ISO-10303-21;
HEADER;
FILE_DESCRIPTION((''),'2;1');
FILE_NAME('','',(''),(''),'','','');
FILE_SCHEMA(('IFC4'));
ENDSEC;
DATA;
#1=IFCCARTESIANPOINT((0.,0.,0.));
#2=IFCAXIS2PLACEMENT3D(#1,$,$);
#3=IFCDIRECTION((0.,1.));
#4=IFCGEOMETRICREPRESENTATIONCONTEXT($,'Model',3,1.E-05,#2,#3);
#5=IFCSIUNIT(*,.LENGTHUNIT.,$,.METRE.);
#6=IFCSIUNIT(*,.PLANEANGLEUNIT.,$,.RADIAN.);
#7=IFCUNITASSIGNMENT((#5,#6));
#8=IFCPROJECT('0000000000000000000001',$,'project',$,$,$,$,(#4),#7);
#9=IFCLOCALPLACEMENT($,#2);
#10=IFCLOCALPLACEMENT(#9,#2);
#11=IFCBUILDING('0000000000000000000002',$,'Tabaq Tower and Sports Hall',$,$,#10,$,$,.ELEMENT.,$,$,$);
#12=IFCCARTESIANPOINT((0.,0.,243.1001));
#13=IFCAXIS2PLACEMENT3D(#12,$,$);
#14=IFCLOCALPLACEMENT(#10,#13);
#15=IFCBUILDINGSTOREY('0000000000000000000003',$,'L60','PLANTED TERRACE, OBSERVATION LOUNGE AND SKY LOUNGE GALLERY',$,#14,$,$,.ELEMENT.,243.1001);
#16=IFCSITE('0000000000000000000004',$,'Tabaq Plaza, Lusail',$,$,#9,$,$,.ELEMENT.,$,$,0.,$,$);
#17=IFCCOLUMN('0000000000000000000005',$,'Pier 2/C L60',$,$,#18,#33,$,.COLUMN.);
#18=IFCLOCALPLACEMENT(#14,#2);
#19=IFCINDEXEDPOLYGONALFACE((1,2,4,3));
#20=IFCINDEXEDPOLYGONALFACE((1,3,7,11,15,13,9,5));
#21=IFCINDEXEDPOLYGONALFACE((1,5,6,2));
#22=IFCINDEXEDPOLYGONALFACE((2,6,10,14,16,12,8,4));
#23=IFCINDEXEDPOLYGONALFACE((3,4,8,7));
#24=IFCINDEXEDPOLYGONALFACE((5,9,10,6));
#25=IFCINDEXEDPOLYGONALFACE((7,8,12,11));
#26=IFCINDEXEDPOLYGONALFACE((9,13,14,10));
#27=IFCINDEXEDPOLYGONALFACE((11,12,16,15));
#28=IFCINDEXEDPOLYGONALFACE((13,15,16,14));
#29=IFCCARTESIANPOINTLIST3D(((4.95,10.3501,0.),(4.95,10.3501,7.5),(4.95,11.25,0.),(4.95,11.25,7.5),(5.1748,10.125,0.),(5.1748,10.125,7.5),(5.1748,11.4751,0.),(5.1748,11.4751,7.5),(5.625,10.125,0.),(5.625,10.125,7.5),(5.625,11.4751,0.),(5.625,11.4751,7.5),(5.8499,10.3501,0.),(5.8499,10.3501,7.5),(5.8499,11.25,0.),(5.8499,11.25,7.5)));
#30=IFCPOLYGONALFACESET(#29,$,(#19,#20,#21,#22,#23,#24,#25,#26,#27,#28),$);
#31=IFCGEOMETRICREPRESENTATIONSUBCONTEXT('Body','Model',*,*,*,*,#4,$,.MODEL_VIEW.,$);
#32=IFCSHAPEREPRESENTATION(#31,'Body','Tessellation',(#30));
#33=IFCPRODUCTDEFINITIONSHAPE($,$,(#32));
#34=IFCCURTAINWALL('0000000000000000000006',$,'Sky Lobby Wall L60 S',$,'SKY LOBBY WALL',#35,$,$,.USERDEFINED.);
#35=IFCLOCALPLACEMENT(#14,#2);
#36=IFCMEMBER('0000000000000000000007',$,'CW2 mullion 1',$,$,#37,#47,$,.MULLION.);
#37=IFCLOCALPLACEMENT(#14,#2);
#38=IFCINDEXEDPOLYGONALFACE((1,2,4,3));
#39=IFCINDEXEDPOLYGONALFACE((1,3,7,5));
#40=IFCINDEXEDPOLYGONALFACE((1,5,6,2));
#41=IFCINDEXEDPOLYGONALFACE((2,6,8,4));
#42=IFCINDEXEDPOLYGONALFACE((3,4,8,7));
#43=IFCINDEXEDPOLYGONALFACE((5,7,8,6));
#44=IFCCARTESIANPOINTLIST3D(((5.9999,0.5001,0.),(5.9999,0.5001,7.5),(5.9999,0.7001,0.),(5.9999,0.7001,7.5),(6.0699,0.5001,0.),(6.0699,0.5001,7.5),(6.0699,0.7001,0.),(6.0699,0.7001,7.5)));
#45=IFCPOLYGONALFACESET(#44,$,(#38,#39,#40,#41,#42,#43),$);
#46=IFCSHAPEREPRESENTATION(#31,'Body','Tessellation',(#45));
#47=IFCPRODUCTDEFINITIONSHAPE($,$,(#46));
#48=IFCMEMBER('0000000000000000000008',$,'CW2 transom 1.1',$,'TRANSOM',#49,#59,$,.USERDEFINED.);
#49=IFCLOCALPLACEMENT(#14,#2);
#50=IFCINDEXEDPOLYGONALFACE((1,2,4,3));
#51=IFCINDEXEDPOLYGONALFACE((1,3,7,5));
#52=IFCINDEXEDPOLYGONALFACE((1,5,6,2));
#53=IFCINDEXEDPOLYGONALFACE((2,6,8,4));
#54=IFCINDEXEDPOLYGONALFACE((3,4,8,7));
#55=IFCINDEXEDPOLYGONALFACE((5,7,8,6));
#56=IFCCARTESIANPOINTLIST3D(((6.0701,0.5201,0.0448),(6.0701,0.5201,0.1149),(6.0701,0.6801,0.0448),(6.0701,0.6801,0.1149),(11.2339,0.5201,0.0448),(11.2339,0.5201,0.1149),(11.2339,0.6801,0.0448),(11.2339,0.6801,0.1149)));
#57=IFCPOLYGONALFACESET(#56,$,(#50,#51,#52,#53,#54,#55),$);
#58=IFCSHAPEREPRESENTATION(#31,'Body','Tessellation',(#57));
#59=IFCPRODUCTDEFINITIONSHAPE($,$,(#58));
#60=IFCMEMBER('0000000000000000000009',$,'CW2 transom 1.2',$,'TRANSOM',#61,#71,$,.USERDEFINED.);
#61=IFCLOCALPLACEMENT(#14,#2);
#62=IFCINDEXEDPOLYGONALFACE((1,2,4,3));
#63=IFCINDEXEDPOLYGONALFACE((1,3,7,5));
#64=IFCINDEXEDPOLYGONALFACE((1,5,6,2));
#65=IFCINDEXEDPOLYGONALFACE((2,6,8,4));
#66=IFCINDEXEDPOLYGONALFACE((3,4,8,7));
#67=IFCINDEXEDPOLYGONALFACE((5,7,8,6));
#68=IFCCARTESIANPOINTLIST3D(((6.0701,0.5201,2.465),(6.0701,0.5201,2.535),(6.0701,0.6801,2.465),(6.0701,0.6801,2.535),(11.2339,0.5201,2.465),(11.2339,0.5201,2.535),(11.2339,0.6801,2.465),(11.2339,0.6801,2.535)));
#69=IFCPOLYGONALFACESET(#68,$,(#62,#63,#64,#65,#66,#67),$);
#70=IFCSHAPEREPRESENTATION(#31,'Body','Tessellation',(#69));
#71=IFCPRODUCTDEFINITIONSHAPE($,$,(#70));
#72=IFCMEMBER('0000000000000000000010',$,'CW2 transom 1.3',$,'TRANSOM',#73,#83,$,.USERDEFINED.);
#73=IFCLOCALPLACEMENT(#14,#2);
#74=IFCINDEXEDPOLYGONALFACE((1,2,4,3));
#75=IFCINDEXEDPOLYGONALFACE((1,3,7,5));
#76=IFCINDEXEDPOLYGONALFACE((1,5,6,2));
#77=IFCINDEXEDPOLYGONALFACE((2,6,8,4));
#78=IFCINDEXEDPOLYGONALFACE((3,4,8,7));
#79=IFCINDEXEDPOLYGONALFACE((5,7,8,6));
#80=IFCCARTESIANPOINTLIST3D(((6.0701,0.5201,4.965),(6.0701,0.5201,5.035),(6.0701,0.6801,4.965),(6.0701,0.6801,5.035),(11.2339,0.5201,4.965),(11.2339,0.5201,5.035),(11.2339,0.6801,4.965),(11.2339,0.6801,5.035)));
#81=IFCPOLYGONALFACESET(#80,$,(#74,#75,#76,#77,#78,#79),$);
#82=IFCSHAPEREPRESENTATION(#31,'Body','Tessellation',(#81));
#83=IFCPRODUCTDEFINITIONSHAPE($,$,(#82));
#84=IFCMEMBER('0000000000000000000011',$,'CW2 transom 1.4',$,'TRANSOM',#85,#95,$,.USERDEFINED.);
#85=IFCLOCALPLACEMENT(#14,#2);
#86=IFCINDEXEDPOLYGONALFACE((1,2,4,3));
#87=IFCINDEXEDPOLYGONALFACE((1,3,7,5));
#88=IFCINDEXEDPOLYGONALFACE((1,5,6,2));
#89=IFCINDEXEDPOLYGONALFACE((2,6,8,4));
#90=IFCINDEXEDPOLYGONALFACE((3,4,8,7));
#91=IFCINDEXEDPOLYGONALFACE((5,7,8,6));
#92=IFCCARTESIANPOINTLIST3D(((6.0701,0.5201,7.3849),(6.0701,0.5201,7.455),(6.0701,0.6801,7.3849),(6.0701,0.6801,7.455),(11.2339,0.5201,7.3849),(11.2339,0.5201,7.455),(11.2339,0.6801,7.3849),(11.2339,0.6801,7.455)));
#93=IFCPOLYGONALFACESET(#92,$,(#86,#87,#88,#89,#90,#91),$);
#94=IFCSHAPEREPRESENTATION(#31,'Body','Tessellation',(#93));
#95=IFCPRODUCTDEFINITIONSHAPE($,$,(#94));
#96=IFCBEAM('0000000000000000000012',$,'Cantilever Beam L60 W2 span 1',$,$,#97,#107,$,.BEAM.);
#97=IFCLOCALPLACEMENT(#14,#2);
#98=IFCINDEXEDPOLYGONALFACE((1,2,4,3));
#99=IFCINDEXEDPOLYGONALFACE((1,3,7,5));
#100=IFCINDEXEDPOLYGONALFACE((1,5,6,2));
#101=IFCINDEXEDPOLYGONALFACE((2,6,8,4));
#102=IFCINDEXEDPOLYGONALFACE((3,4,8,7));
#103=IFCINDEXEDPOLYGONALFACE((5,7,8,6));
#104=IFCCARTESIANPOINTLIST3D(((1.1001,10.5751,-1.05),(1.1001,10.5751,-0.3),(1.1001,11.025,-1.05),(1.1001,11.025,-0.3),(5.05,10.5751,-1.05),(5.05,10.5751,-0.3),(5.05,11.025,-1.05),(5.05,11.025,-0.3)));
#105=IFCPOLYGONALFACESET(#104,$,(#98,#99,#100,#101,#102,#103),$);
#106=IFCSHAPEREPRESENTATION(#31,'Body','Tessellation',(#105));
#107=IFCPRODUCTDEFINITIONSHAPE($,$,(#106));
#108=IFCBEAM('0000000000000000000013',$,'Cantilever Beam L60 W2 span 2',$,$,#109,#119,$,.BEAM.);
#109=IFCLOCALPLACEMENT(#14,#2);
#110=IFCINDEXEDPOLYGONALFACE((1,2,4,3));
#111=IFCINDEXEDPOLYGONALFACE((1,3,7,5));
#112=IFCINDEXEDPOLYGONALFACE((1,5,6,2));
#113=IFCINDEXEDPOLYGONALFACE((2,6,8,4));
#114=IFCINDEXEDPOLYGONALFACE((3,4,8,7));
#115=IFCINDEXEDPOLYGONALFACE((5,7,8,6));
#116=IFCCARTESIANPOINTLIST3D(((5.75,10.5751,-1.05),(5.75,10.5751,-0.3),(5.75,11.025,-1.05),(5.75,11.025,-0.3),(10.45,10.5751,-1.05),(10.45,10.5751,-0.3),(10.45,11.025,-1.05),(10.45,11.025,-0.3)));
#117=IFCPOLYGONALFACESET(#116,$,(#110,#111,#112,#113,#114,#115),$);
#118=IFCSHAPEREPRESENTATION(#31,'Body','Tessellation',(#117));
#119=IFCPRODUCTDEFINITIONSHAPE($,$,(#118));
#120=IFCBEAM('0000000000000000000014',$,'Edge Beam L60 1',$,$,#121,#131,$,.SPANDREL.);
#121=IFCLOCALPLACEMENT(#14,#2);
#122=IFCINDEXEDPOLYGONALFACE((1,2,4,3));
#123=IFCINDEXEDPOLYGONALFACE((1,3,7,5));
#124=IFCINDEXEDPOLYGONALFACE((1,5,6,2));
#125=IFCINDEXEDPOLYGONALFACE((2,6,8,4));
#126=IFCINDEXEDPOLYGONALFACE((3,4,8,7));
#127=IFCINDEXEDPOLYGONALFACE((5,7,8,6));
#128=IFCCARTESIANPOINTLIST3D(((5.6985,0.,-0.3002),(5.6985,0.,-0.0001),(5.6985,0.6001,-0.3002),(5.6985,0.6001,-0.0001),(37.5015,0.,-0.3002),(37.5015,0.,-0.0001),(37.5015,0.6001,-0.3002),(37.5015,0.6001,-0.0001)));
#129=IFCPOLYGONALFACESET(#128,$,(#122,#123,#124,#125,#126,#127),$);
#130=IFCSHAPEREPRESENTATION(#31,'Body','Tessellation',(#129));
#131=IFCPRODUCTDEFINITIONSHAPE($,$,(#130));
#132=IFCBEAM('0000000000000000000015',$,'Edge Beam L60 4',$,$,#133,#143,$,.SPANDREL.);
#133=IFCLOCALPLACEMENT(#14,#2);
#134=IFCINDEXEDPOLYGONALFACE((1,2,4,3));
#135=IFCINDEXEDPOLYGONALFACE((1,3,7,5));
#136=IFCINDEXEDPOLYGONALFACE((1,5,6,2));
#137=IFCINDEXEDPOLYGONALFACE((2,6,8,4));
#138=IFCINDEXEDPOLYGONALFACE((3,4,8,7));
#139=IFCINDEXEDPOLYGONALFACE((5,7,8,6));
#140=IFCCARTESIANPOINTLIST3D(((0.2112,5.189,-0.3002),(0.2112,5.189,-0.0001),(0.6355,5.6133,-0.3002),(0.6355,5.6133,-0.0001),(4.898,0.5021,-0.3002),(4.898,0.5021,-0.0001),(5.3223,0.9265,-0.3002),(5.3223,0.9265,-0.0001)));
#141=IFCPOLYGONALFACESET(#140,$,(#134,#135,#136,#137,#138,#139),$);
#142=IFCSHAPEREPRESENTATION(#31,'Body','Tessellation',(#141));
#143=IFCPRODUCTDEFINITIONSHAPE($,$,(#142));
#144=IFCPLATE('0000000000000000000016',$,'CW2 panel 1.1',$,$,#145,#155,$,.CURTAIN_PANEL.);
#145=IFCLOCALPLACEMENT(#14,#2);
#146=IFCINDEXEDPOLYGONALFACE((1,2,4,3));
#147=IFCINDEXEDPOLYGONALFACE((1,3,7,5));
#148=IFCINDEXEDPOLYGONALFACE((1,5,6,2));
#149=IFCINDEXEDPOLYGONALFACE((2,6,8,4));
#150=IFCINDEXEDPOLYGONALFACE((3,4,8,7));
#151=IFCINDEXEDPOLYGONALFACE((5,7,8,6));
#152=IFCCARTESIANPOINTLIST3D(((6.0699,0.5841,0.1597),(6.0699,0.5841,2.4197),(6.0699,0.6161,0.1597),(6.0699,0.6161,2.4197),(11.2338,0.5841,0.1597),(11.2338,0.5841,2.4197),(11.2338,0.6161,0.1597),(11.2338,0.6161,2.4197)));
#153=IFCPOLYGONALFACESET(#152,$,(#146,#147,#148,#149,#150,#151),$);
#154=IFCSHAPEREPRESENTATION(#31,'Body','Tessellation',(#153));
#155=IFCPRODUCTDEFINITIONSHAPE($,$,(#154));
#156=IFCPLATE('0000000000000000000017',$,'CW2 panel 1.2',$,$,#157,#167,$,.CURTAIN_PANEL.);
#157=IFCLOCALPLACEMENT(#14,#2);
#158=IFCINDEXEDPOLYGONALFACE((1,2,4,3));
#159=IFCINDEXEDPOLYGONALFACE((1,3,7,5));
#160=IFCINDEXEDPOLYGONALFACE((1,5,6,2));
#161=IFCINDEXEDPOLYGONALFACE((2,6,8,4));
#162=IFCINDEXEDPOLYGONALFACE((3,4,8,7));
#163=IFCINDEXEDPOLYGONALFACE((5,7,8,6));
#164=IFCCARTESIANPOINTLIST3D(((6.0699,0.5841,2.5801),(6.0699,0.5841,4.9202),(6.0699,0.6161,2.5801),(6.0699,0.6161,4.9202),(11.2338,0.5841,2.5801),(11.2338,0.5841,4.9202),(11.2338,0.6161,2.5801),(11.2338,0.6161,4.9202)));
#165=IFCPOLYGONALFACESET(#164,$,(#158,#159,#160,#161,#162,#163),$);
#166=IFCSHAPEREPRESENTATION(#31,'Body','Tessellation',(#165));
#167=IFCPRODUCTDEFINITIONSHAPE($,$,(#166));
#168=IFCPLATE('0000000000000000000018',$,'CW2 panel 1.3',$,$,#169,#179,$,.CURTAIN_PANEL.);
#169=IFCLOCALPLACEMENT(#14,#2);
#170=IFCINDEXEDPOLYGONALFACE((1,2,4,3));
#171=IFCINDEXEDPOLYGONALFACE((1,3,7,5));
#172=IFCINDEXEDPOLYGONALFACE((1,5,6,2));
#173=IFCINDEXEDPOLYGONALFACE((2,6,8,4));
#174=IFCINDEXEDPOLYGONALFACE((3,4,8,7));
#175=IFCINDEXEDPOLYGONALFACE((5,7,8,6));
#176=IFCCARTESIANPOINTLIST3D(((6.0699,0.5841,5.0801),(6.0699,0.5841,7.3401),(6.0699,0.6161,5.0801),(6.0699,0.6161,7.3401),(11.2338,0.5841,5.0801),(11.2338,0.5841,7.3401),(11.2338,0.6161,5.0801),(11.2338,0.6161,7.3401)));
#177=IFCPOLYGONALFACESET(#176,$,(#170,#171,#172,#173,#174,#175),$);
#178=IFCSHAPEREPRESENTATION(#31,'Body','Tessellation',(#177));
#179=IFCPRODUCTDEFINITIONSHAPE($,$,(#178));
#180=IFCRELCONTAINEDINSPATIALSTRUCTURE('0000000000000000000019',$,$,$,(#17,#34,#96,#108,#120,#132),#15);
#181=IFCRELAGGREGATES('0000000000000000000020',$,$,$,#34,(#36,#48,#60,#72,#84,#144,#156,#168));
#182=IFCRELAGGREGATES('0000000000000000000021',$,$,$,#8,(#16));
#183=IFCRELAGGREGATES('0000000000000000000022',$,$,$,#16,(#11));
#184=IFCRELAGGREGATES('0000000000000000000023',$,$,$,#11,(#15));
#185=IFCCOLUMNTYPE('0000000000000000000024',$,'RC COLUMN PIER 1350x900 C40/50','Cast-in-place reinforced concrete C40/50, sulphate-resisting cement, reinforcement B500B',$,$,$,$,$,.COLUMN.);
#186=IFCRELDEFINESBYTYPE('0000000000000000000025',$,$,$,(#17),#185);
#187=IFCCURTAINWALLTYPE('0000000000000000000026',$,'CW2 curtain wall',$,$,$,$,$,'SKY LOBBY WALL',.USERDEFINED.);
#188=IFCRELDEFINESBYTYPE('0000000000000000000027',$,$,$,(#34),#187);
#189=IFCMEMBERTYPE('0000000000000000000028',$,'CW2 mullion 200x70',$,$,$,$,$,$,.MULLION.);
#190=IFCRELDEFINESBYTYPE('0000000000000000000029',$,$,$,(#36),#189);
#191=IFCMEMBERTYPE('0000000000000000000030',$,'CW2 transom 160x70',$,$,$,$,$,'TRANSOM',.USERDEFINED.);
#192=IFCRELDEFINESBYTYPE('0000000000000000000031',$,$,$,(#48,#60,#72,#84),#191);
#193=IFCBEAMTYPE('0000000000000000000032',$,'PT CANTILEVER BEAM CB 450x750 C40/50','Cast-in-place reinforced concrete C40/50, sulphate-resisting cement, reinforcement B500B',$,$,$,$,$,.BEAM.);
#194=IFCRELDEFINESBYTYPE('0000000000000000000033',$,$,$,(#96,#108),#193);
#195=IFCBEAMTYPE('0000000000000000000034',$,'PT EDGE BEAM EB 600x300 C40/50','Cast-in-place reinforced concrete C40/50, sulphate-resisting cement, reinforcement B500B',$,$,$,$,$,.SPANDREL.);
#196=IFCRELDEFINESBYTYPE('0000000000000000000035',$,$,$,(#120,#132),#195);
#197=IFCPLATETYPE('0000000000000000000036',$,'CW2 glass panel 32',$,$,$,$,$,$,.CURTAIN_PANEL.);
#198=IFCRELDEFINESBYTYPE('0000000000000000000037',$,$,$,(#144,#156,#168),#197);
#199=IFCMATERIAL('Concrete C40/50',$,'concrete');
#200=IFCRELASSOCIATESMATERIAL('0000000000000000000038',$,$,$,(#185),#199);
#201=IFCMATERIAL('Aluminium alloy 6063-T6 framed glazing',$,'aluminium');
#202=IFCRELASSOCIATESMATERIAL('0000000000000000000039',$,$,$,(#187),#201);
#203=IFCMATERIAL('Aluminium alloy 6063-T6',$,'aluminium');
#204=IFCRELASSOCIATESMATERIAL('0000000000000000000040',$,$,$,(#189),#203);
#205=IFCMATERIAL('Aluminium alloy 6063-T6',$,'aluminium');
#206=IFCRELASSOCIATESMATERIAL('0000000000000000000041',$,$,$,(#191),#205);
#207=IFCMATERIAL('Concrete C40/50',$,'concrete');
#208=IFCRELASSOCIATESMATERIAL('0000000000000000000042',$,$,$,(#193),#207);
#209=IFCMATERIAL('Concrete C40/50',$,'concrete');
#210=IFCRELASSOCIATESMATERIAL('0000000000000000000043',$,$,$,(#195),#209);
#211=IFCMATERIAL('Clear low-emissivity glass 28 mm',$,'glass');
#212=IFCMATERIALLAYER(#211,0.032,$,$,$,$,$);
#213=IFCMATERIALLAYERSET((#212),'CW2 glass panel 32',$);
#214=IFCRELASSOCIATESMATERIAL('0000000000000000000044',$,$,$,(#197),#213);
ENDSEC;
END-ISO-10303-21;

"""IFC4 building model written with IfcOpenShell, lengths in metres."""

from ifc_helpers import new_model, si_unit, direction, frame, origin, origin_2d, place, context, subcontext, project, spatial, polyline, rectangle, outline, extrude, material, layer, layer_set, material_profile, profile_set, type_object, element, aggregate, save


model = new_model("IFC4")

# Units and contexts
model_context = context("Model", 3, precision=1e-05, world=origin(), true_north=direction((0.0, 1.0)))
body_context = subcontext(model_context, "Body", "Model", "MODEL_VIEW")
ifc_project = project(units=[si_unit("LENGTHUNIT", "METRE"), si_unit("PLANEANGLEUNIT", "RADIAN")], contexts=[model_context])

# Site, building, storey
site_placement = place(None, origin())
site = spatial("IfcSite", under=ifc_project, at=site_placement, Name="Tabaq Plaza, Lusail", CompositionType="ELEMENT", RefElevation=0.0)
building_placement = place(site_placement, origin())
building = spatial("IfcBuilding", under=site, at=building_placement, Name="Tabaq Tower and Sports Hall", CompositionType="ELEMENT")
storey_placement = place(building_placement, frame((0.0, 0.0, 243.1001)))
storey = spatial("IfcBuildingStorey", under=building, at=storey_placement, Name="L60", Description="PLANTED TERRACE, OBSERVATION LOUNGE AND SKY LOUNGE GALLERY", CompositionType="ELEMENT", Elevation=243.1001)

# Column
ifc_material_1 = material(Name="Concrete C40/50", Category="concrete")
ifc_material_profile_1 = material_profile(ifc_material_1, outline(polyline([(-0.45, -0.45), (0.45, -0.45), (0.675, -0.2251), (0.675, 0.2251), (0.45, 0.45), (-0.45, 0.45), (-0.675, 0.2251), (-0.675, -0.2251), (-0.45, -0.45)])), Name="PIER 1350x900")
ifc_profile_set_1 = profile_set([ifc_material_profile_1], Name="Concrete C40/50")
column_type = type_object("IfcColumnType", Name="RC COLUMN PIER 1350x900 C40/50", Description="Cast-in-place reinforced concrete C40/50, sulphate-resisting cement, reinforcement B500B", PredefinedType="COLUMN", material=ifc_profile_set_1)
column_placement = place(storey_placement, frame((5.3999, 10.8, 0.0), z_axis=(0.0, 0.0, 1.0), x_axis=(0.0, 1.0, 0.0)))
element("IfcColumn", 1, at=column_placement, inside=storey, type_object=column_type, Name="Pier 2/C L60", PredefinedType="COLUMN", context=body_context, shape_type="SweptSolid", body=[
    extrude(outline(polyline([(-0.45, -0.45), (0.45, -0.45), (0.675, -0.2251), (0.675, 0.2251), (0.45, 0.45), (-0.45, 0.45), (-0.675, 0.2251), (-0.675, -0.2251), (-0.45, -0.45)])), origin(), (0.0, 0.0, 1.0), 7.5),
])

# Curtain wall, members
ifc_material_2 = material(Name="Aluminium alloy 6063-T6 framed glazing", Category="aluminium")
curtain_wall_type = type_object("IfcCurtainWallType", Name="CW2 curtain wall", ElementType="SKY LOBBY WALL", PredefinedType="USERDEFINED", material=ifc_material_2)
curtain_wall_placement = place(storey_placement, origin())
curtain_wall = element("IfcCurtainWall", 2, at=curtain_wall_placement, inside=storey, type_object=curtain_wall_type, Name="Sky Lobby Wall L60 S", ObjectType="SKY LOBBY WALL", PredefinedType="USERDEFINED")
ifc_material_3 = material(Name="Aluminium alloy 6063-T6", Category="aluminium")
ifc_material_profile_2 = material_profile(ifc_material_3, rectangle(XDim=0.2, YDim=0.0701, at=origin_2d()), Name="MULLION 200x70")
ifc_profile_set_2 = profile_set([ifc_material_profile_2], Name="Aluminium alloy 6063-T6")
member_type_1 = type_object("IfcMemberType", Name="CW2 mullion 200x70", PredefinedType="MULLION", material=ifc_profile_set_2)
member_1_placement = place(storey_placement, frame((6.0349, 0.6001, 0.0), z_axis=(0.0, 0.0, 1.0), x_axis=(0.0, 1.0, 0.0)))
member_1 = element("IfcMember", 3, at=member_1_placement, type_object=member_type_1, Name="CW2 mullion 1", PredefinedType="MULLION", context=body_context, shape_type="SweptSolid", body=[
    extrude(rectangle(XDim=0.2, YDim=0.0701, at=origin_2d()), origin(), (0.0, 0.0, 1.0), 7.5),
])
ifc_material_4 = material(Name="Aluminium alloy 6063-T6", Category="aluminium")
ifc_material_profile_3 = material_profile(ifc_material_4, rectangle(XDim=0.1599, YDim=0.0701, at=origin_2d()), Name="TRANSOM 160x70")
ifc_profile_set_3 = profile_set([ifc_material_profile_3], Name="Aluminium alloy 6063-T6")
member_type_2 = type_object("IfcMemberType", Name="CW2 transom 160x70", ElementType="TRANSOM", PredefinedType="USERDEFINED", material=ifc_profile_set_3)
member_2_placement = place(storey_placement, frame((6.0701, 0.6001, 0.0798), z_axis=(1.0, 0.0, 0.0), x_axis=(0.0, 1.0, 0.0)))
member_2 = element("IfcMember", 4, at=member_2_placement, type_object=member_type_2, Name="CW2 transom 1.1", ObjectType="TRANSOM", PredefinedType="USERDEFINED", context=body_context, shape_type="SweptSolid", body=[
    extrude(rectangle(XDim=0.1599, YDim=0.0701, at=origin_2d()), origin(), (0.0, 0.0, 1.0), 5.1638),
])
member_3_placement = place(storey_placement, frame((6.0701, 0.6001, 2.5), z_axis=(1.0, 0.0, 0.0), x_axis=(0.0, 1.0, 0.0)))
member_3 = element("IfcMember", 5, at=member_3_placement, type_object=member_type_2, Name="CW2 transom 1.2", ObjectType="TRANSOM", PredefinedType="USERDEFINED", context=body_context, shape_type="SweptSolid", body=[
    extrude(rectangle(XDim=0.1599, YDim=0.0701, at=origin_2d()), origin(), (0.0, 0.0, 1.0), 5.1638),
])
member_4_placement = place(storey_placement, frame((6.0701, 0.6001, 5.0), z_axis=(1.0, 0.0, 0.0), x_axis=(0.0, 1.0, 0.0)))
member_4 = element("IfcMember", 6, at=member_4_placement, type_object=member_type_2, Name="CW2 transom 1.3", ObjectType="TRANSOM", PredefinedType="USERDEFINED", context=body_context, shape_type="SweptSolid", body=[
    extrude(rectangle(XDim=0.1599, YDim=0.0701, at=origin_2d()), origin(), (0.0, 0.0, 1.0), 5.1638),
])
member_5_placement = place(storey_placement, frame((6.0701, 0.6001, 7.4199), z_axis=(1.0, 0.0, 0.0), x_axis=(0.0, 1.0, 0.0)))
member_5 = element("IfcMember", 7, at=member_5_placement, type_object=member_type_2, Name="CW2 transom 1.4", ObjectType="TRANSOM", PredefinedType="USERDEFINED", context=body_context, shape_type="SweptSolid", body=[
    extrude(rectangle(XDim=0.1599, YDim=0.0701, at=origin_2d()), origin(), (0.0, 0.0, 1.0), 5.1638),
])

# Beams
ifc_material_5 = material(Name="Concrete C40/50", Category="concrete")
ifc_material_profile_4 = material_profile(ifc_material_5, rectangle(XDim=0.45, YDim=0.75, at=origin_2d()), Name="CB 450x750")
ifc_profile_set_4 = profile_set([ifc_material_profile_4], Name="Concrete C40/50")
beam_type_1 = type_object("IfcBeamType", Name="PT CANTILEVER BEAM CB 450x750 C40/50", Description="Cast-in-place reinforced concrete C40/50, sulphate-resisting cement, reinforcement B500B", PredefinedType="BEAM", material=ifc_profile_set_4)
beam_1_placement = place(storey_placement, frame((1.1001, 10.8, -0.675), z_axis=(1.0, 0.0, 0.0), x_axis=(0.0, 1.0, 0.0)))
element("IfcBeam", 8, at=beam_1_placement, inside=storey, type_object=beam_type_1, Name="Cantilever Beam L60 W2 span 1", PredefinedType="BEAM", context=body_context, shape_type="SweptSolid", body=[
    extrude(rectangle(XDim=0.45, YDim=0.75, at=origin_2d()), origin(), (0.0, 0.0, 1.0), 3.95),
])
beam_2_placement = place(storey_placement, frame((5.75, 10.8, -0.675), z_axis=(1.0, 0.0, 0.0), x_axis=(0.0, 1.0, 0.0)))
element("IfcBeam", 9, at=beam_2_placement, inside=storey, type_object=beam_type_1, Name="Cantilever Beam L60 W2 span 2", PredefinedType="BEAM", context=body_context, shape_type="SweptSolid", body=[
    extrude(rectangle(XDim=0.45, YDim=0.75, at=origin_2d()), origin(), (0.0, 0.0, 1.0), 4.7),
])
ifc_material_6 = material(Name="Concrete C40/50", Category="concrete")
ifc_material_profile_5 = material_profile(ifc_material_6, rectangle(XDim=0.6001, YDim=0.3, at=origin_2d()), Name="EB 600x300")
ifc_profile_set_5 = profile_set([ifc_material_profile_5], Name="Concrete C40/50")
beam_type_2 = type_object("IfcBeamType", Name="PT EDGE BEAM EB 600x300 C40/50", Description="Cast-in-place reinforced concrete C40/50, sulphate-resisting cement, reinforcement B500B", PredefinedType="SPANDREL", material=ifc_profile_set_5)
beam_3_placement = place(storey_placement, frame((5.6985, 0.3, -0.1501), z_axis=(1.0, 0.0, 0.0), x_axis=(0.0, 1.0, 0.0)))
element("IfcBeam", 10, at=beam_3_placement, inside=storey, type_object=beam_type_2, Name="Edge Beam L60 1", PredefinedType="SPANDREL", context=body_context, shape_type="SweptSolid", body=[
    extrude(rectangle(XDim=0.6001, YDim=0.3, at=origin_2d()), origin(), (0.0, 0.0, 1.0), 31.803),
])
beam_4_placement = place(storey_placement, frame((0.4233, 5.4011, -0.1501), z_axis=(0.707107, -0.707107, 0.0), x_axis=(0.707107, 0.707107, 0.0)))
element("IfcBeam", 11, at=beam_4_placement, inside=storey, type_object=beam_type_2, Name="Edge Beam L60 4", PredefinedType="SPANDREL", context=body_context, shape_type="SweptSolid", body=[
    extrude(rectangle(XDim=0.6001, YDim=0.3, at=origin_2d()), origin(), (0.0, 0.0, 1.0), 6.6282),
])

# Plates
ifc_material_7 = material(Name="Clear low-emissivity glass 28 mm", Category="glass")
ifc_layer_1 = layer(ifc_material_7, 0.032)
ifc_layer_set_1 = layer_set([ifc_layer_1], Name="CW2 glass panel 32")
plate_type = type_object("IfcPlateType", Name="CW2 glass panel 32", PredefinedType="CURTAIN_PANEL", material=ifc_layer_set_1)
plate_1_placement = place(storey_placement, frame((8.6519, 0.6001, 0.1597), z_axis=(0.0, 0.0, 1.0), x_axis=(1.0, 0.0, 0.0)))
plate_1 = element("IfcPlate", 12, at=plate_1_placement, type_object=plate_type, Name="CW2 panel 1.1", PredefinedType="CURTAIN_PANEL", context=body_context, shape_type="SweptSolid", body=[
    extrude(rectangle(XDim=5.1638, YDim=0.032, at=origin_2d()), origin(), (0.0, 0.0, 1.0), 2.26),
])
plate_2_placement = place(storey_placement, frame((8.6519, 0.6001, 2.5801), z_axis=(0.0, 0.0, 1.0), x_axis=(1.0, 0.0, 0.0)))
plate_2 = element("IfcPlate", 13, at=plate_2_placement, type_object=plate_type, Name="CW2 panel 1.2", PredefinedType="CURTAIN_PANEL", context=body_context, shape_type="SweptSolid", body=[
    extrude(rectangle(XDim=5.1638, YDim=0.032, at=origin_2d()), origin(), (0.0, 0.0, 1.0), 2.3401),
])
plate_3_placement = place(storey_placement, frame((8.6519, 0.6001, 5.0801), z_axis=(0.0, 0.0, 1.0), x_axis=(1.0, 0.0, 0.0)))
plate_3 = element("IfcPlate", 14, at=plate_3_placement, type_object=plate_type, Name="CW2 panel 1.3", PredefinedType="CURTAIN_PANEL", context=body_context, shape_type="SweptSolid", body=[
    extrude(rectangle(XDim=5.1638, YDim=0.032, at=origin_2d()), origin(), (0.0, 0.0, 1.0), 2.26),
])
aggregate(curtain_wall, [member_1, member_2, member_3, member_4, member_5, plate_1, plate_2, plate_3])

save(model, "model.ifc")
